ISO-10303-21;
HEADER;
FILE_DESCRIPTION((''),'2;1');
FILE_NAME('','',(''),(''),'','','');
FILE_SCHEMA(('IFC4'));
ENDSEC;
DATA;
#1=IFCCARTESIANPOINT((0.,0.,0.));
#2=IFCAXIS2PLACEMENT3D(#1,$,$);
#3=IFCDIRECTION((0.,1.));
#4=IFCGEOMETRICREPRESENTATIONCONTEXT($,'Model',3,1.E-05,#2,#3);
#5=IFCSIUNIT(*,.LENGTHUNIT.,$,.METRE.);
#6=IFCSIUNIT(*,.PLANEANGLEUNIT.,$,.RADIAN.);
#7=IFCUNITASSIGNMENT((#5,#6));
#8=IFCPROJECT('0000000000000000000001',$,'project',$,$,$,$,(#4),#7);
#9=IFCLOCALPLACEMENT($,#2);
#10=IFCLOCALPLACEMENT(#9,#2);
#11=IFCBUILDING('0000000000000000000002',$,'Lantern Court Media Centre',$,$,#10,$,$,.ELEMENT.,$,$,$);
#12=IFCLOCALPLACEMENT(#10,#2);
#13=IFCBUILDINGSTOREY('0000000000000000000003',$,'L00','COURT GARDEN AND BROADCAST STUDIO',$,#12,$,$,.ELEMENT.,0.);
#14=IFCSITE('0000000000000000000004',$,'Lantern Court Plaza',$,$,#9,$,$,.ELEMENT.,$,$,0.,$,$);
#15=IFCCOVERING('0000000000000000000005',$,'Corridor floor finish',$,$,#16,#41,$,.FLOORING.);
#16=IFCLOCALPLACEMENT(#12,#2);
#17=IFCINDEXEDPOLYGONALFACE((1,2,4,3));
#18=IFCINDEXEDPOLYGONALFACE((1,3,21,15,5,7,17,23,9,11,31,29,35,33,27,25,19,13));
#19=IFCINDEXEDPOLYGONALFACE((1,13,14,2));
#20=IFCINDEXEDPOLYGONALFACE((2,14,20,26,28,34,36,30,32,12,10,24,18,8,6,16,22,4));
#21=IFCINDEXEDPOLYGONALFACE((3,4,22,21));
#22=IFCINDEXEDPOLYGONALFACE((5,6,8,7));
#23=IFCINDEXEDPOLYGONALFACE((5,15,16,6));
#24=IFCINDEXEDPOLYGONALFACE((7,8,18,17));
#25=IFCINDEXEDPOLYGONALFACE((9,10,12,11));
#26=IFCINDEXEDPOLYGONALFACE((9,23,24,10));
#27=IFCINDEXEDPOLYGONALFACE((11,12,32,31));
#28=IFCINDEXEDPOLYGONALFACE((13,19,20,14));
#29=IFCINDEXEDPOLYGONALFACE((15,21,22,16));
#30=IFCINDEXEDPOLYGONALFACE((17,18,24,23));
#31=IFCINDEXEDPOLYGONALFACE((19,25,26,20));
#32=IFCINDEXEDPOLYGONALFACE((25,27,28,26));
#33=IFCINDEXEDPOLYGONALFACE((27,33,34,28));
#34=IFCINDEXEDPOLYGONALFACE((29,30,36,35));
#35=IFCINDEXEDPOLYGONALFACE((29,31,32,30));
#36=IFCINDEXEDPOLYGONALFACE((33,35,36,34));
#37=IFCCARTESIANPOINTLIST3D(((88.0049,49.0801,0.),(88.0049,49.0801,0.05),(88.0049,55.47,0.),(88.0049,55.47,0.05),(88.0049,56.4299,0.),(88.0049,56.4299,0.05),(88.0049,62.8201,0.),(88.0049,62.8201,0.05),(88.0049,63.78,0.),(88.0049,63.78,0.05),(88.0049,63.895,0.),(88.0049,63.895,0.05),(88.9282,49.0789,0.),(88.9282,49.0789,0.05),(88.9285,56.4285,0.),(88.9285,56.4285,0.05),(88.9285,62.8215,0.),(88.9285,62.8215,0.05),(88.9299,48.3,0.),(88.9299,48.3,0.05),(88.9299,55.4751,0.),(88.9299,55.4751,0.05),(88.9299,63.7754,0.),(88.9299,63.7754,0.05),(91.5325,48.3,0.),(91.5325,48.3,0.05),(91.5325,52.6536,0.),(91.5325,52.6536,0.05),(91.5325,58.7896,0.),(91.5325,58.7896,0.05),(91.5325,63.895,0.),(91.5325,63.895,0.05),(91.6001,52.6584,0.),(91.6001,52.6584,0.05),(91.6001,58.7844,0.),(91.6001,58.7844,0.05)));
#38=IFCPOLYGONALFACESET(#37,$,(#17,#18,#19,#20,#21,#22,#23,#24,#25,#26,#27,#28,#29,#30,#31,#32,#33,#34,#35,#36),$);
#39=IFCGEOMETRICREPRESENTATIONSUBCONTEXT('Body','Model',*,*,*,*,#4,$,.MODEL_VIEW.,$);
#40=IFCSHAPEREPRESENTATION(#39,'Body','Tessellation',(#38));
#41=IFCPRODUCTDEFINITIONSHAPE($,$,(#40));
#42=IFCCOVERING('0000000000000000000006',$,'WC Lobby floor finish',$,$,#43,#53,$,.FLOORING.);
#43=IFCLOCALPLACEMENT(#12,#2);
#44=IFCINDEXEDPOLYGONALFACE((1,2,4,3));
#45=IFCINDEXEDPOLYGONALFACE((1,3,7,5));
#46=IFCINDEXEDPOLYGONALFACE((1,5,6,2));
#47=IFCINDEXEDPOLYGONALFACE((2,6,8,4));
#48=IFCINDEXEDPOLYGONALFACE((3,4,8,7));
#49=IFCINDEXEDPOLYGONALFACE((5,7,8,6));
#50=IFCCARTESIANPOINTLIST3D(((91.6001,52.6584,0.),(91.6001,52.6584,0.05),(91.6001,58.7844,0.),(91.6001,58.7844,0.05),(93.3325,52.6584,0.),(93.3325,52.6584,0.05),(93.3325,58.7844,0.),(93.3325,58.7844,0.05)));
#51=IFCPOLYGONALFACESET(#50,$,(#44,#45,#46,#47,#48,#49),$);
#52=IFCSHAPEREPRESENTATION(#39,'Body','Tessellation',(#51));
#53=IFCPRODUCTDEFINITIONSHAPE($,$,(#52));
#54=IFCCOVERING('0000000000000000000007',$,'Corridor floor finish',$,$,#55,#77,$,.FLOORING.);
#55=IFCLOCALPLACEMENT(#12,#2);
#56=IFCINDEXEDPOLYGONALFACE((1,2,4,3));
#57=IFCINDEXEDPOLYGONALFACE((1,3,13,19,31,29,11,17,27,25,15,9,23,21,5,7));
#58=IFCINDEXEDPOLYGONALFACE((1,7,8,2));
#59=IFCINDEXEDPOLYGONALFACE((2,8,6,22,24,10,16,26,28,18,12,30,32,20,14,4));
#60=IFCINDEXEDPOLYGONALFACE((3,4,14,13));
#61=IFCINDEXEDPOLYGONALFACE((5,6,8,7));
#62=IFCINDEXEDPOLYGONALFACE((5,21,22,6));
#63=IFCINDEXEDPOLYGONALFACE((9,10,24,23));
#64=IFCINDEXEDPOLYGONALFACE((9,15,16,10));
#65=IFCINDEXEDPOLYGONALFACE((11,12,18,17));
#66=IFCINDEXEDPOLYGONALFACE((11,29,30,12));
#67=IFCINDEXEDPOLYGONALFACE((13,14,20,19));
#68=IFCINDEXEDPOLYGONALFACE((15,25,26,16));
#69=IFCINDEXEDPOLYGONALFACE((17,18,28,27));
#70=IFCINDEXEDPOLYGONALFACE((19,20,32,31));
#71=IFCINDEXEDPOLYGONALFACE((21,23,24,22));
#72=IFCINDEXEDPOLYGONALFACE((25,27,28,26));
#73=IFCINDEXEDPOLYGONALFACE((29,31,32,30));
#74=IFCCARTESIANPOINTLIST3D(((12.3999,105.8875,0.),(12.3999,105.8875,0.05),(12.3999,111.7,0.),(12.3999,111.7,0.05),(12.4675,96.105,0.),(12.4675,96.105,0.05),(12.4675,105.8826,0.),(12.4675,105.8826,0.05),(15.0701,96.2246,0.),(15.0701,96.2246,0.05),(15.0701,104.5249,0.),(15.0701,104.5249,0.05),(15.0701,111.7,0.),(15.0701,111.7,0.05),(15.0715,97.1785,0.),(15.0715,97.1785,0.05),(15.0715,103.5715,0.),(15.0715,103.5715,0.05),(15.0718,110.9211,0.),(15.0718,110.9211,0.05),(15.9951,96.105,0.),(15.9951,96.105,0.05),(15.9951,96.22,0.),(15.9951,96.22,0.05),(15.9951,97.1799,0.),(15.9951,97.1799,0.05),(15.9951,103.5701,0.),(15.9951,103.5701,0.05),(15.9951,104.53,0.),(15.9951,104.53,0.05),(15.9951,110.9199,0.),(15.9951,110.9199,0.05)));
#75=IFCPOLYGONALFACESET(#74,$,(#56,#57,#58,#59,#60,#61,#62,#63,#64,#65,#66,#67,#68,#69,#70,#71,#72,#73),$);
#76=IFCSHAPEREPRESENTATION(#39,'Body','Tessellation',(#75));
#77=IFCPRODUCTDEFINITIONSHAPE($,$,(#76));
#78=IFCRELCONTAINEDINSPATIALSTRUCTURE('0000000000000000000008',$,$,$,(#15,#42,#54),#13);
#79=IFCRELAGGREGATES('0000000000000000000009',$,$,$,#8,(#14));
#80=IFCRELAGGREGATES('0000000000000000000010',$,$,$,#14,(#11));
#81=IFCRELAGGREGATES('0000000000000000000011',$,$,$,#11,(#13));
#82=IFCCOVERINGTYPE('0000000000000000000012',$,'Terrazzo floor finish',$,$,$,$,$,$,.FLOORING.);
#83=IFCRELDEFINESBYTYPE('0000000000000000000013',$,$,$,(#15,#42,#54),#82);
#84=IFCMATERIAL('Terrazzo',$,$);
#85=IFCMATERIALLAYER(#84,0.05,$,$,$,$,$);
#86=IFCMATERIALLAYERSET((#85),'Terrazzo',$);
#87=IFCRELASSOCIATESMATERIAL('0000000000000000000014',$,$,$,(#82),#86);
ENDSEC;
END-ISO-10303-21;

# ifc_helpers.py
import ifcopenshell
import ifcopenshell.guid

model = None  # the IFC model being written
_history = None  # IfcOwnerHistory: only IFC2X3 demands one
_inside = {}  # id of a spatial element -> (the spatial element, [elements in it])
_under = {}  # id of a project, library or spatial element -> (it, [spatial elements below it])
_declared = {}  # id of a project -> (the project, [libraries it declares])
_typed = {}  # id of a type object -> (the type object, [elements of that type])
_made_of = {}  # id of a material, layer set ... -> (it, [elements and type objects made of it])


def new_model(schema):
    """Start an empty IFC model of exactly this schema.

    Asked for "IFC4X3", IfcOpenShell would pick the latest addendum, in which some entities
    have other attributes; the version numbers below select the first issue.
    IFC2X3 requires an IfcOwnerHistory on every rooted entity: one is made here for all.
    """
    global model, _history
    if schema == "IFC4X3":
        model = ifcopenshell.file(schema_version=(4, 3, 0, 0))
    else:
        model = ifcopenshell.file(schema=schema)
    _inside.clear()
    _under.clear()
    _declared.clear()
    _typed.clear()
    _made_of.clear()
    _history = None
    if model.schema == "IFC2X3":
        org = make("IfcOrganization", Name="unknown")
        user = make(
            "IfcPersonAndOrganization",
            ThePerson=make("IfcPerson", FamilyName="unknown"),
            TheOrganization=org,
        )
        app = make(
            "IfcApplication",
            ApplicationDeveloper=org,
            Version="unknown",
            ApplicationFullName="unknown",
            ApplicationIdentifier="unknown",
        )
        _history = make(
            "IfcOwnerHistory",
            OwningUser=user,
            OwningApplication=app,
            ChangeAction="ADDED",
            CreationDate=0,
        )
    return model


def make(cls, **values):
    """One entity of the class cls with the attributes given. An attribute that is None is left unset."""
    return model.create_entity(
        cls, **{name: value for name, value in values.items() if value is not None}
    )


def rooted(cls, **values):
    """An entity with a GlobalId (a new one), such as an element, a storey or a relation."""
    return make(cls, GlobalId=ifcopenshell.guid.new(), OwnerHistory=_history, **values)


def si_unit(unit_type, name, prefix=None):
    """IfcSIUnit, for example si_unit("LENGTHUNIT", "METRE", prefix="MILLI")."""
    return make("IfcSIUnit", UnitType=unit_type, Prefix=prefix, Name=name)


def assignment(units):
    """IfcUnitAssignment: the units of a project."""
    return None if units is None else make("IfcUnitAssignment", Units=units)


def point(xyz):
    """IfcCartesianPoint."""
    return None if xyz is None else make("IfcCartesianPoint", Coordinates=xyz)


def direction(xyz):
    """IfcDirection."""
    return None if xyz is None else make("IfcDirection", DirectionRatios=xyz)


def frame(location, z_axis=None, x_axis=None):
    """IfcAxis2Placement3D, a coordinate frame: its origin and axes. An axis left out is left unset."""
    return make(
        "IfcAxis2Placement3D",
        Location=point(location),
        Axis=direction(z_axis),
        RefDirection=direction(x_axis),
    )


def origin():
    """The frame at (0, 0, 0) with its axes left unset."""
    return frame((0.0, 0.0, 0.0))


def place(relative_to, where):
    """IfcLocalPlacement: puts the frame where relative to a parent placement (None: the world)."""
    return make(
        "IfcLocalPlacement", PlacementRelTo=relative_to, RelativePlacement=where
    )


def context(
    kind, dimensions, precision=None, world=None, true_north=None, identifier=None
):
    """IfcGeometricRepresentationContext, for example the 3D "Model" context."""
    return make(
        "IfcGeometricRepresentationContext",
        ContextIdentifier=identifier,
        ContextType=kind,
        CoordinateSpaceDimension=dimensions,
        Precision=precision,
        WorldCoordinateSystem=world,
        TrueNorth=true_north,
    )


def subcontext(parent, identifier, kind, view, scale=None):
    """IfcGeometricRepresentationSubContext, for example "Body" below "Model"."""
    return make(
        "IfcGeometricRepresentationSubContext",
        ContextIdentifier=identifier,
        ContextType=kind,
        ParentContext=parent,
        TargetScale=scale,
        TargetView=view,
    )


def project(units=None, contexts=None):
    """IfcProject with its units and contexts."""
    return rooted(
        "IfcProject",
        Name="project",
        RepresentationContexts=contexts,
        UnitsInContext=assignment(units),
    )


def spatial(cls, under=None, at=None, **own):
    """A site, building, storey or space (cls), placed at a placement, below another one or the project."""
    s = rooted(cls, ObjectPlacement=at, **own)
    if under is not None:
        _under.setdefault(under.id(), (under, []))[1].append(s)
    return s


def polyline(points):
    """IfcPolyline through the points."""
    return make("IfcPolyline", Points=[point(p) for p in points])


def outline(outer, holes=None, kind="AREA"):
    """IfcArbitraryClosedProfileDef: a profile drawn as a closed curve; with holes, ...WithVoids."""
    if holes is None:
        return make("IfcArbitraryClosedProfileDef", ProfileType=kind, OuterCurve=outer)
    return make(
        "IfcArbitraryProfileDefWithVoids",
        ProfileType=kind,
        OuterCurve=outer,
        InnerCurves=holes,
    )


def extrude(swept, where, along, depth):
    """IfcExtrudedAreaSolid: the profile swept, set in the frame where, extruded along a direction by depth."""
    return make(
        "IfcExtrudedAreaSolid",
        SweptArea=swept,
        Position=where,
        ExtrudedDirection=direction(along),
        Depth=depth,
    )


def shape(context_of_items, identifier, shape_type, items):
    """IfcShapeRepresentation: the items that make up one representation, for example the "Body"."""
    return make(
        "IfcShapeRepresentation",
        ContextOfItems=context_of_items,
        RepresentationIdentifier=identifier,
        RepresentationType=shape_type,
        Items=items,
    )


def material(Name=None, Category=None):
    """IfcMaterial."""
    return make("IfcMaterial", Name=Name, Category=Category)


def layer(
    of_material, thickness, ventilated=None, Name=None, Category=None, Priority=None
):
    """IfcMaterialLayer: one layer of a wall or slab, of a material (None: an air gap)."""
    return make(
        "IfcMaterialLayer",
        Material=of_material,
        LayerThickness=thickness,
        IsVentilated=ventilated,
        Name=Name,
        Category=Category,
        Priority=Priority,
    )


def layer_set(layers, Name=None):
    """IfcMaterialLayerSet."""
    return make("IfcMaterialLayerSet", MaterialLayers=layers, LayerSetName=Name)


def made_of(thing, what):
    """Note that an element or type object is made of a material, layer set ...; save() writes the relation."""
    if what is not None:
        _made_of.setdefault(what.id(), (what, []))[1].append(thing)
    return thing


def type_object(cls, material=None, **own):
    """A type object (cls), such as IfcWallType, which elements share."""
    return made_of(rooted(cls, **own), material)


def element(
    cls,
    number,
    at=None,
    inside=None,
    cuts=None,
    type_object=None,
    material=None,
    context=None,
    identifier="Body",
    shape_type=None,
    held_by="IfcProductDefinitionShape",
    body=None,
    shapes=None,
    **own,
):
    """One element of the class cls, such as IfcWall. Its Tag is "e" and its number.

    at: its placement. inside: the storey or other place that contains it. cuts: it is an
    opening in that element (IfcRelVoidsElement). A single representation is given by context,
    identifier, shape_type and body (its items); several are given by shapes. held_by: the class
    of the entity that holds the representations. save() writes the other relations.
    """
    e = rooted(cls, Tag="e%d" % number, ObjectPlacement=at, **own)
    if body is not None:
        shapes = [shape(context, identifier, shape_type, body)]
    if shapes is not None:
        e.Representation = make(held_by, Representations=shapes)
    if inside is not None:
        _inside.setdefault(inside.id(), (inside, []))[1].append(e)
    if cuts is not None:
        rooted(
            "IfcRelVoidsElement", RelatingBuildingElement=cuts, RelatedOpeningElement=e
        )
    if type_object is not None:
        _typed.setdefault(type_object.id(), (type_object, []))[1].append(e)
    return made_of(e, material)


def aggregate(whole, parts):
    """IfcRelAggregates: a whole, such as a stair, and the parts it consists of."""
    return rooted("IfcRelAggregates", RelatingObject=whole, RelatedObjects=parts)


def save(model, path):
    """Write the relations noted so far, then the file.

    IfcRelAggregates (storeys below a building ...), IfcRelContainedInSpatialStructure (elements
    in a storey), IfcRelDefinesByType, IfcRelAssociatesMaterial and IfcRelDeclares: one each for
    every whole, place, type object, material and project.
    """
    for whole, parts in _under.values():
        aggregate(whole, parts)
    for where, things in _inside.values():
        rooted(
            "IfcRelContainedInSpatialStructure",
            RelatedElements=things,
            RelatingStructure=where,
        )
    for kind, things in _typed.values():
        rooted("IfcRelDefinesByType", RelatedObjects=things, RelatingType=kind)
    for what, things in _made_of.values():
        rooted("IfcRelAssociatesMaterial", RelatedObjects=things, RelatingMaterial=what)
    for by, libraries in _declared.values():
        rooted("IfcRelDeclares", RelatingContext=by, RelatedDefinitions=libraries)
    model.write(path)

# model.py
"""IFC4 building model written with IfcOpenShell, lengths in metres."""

from ifc_helpers import new_model, si_unit, direction, origin, place, context, subcontext, project, spatial, polyline, outline, extrude, material, layer, layer_set, type_object, element, save


model = new_model("IFC4")

# Units and contexts
model_context = context("Model", 3, precision=1e-05, world=origin(), true_north=direction((0.0, 1.0)))
body_context = subcontext(model_context, "Body", "Model", "MODEL_VIEW")
ifc_project = project(units=[si_unit("LENGTHUNIT", "METRE"), si_unit("PLANEANGLEUNIT", "RADIAN")], contexts=[model_context])

# Site, building, storey
site_placement = place(None, origin())
site = spatial("IfcSite", under=ifc_project, at=site_placement, Name="Lantern Court Plaza", CompositionType="ELEMENT", RefElevation=0.0)
building_placement = place(site_placement, origin())
building = spatial("IfcBuilding", under=site, at=building_placement, Name="Lantern Court Media Centre", CompositionType="ELEMENT")
storey_placement = place(building_placement, origin())
storey = spatial("IfcBuildingStorey", under=building, at=storey_placement, Name="L00", Description="COURT GARDEN AND BROADCAST STUDIO", CompositionType="ELEMENT", Elevation=0.0)

# Coverings
ifc_material_1 = material(Name="Terrazzo")
ifc_layer_1 = layer(ifc_material_1, 0.05)
ifc_layer_set_1 = layer_set([ifc_layer_1], Name="Terrazzo")
covering_type_1 = type_object("IfcCoveringType", Name="Terrazzo floor finish", PredefinedType="FLOORING", material=ifc_layer_set_1)
covering_1_placement = place(storey_placement, origin())
element("IfcCovering", 1, at=covering_1_placement, inside=storey, type_object=covering_type_1, Name="Corridor floor finish", PredefinedType="FLOORING", context=body_context, shape_type="SweptSolid", body=[
    extrude(outline(polyline([(91.6001, 52.6584), (91.5325, 52.6536), (91.5325, 48.3), (88.9299, 48.3), (88.9282, 49.0789), (88.0049, 49.0801), (88.0049, 55.47), (88.9299, 55.4751), (88.9285, 56.4285), (88.0049, 56.4299), (88.0049, 62.8201), (88.9285, 62.8215), (88.9299, 63.7754), (88.0049, 63.78), (88.0049, 63.895), (91.5325, 63.895), (91.5325, 58.7896), (91.6001, 58.7844), (91.6001, 52.6584)])), origin(), (0.0, 0.0, 1.0), 0.05),
])
covering_2_placement = place(storey_placement, origin())
element("IfcCovering", 2, at=covering_2_placement, inside=storey, type_object=covering_type_1, Name="WC Lobby floor finish", PredefinedType="FLOORING", context=body_context, shape_type="SweptSolid", body=[
    extrude(outline(polyline([(91.6001, 58.7844), (93.3325, 58.7844), (93.3325, 52.6584), (91.6001, 52.6584), (91.6001, 58.7844)])), origin(), (0.0, 0.0, 1.0), 0.05),
])
covering_3_placement = place(storey_placement, origin())
element("IfcCovering", 3, at=covering_3_placement, inside=storey, type_object=covering_type_1, Name="Corridor floor finish", PredefinedType="FLOORING", context=body_context, shape_type="SweptSolid", body=[
    extrude(outline(polyline([(12.3999, 111.7), (15.0701, 111.7), (15.0718, 110.9211), (15.9951, 110.9199), (15.9951, 104.53), (15.0701, 104.5249), (15.0715, 103.5715), (15.9951, 103.5701), (15.9951, 97.1799), (15.0715, 97.1785), (15.0701, 96.2246), (15.9951, 96.22), (15.9951, 96.105), (12.4675, 96.105), (12.4675, 105.8826), (12.3999, 105.8875), (12.3999, 111.7)])), origin(), (0.0, 0.0, 1.0), 0.05),
])

save(model, "model.ifc")
